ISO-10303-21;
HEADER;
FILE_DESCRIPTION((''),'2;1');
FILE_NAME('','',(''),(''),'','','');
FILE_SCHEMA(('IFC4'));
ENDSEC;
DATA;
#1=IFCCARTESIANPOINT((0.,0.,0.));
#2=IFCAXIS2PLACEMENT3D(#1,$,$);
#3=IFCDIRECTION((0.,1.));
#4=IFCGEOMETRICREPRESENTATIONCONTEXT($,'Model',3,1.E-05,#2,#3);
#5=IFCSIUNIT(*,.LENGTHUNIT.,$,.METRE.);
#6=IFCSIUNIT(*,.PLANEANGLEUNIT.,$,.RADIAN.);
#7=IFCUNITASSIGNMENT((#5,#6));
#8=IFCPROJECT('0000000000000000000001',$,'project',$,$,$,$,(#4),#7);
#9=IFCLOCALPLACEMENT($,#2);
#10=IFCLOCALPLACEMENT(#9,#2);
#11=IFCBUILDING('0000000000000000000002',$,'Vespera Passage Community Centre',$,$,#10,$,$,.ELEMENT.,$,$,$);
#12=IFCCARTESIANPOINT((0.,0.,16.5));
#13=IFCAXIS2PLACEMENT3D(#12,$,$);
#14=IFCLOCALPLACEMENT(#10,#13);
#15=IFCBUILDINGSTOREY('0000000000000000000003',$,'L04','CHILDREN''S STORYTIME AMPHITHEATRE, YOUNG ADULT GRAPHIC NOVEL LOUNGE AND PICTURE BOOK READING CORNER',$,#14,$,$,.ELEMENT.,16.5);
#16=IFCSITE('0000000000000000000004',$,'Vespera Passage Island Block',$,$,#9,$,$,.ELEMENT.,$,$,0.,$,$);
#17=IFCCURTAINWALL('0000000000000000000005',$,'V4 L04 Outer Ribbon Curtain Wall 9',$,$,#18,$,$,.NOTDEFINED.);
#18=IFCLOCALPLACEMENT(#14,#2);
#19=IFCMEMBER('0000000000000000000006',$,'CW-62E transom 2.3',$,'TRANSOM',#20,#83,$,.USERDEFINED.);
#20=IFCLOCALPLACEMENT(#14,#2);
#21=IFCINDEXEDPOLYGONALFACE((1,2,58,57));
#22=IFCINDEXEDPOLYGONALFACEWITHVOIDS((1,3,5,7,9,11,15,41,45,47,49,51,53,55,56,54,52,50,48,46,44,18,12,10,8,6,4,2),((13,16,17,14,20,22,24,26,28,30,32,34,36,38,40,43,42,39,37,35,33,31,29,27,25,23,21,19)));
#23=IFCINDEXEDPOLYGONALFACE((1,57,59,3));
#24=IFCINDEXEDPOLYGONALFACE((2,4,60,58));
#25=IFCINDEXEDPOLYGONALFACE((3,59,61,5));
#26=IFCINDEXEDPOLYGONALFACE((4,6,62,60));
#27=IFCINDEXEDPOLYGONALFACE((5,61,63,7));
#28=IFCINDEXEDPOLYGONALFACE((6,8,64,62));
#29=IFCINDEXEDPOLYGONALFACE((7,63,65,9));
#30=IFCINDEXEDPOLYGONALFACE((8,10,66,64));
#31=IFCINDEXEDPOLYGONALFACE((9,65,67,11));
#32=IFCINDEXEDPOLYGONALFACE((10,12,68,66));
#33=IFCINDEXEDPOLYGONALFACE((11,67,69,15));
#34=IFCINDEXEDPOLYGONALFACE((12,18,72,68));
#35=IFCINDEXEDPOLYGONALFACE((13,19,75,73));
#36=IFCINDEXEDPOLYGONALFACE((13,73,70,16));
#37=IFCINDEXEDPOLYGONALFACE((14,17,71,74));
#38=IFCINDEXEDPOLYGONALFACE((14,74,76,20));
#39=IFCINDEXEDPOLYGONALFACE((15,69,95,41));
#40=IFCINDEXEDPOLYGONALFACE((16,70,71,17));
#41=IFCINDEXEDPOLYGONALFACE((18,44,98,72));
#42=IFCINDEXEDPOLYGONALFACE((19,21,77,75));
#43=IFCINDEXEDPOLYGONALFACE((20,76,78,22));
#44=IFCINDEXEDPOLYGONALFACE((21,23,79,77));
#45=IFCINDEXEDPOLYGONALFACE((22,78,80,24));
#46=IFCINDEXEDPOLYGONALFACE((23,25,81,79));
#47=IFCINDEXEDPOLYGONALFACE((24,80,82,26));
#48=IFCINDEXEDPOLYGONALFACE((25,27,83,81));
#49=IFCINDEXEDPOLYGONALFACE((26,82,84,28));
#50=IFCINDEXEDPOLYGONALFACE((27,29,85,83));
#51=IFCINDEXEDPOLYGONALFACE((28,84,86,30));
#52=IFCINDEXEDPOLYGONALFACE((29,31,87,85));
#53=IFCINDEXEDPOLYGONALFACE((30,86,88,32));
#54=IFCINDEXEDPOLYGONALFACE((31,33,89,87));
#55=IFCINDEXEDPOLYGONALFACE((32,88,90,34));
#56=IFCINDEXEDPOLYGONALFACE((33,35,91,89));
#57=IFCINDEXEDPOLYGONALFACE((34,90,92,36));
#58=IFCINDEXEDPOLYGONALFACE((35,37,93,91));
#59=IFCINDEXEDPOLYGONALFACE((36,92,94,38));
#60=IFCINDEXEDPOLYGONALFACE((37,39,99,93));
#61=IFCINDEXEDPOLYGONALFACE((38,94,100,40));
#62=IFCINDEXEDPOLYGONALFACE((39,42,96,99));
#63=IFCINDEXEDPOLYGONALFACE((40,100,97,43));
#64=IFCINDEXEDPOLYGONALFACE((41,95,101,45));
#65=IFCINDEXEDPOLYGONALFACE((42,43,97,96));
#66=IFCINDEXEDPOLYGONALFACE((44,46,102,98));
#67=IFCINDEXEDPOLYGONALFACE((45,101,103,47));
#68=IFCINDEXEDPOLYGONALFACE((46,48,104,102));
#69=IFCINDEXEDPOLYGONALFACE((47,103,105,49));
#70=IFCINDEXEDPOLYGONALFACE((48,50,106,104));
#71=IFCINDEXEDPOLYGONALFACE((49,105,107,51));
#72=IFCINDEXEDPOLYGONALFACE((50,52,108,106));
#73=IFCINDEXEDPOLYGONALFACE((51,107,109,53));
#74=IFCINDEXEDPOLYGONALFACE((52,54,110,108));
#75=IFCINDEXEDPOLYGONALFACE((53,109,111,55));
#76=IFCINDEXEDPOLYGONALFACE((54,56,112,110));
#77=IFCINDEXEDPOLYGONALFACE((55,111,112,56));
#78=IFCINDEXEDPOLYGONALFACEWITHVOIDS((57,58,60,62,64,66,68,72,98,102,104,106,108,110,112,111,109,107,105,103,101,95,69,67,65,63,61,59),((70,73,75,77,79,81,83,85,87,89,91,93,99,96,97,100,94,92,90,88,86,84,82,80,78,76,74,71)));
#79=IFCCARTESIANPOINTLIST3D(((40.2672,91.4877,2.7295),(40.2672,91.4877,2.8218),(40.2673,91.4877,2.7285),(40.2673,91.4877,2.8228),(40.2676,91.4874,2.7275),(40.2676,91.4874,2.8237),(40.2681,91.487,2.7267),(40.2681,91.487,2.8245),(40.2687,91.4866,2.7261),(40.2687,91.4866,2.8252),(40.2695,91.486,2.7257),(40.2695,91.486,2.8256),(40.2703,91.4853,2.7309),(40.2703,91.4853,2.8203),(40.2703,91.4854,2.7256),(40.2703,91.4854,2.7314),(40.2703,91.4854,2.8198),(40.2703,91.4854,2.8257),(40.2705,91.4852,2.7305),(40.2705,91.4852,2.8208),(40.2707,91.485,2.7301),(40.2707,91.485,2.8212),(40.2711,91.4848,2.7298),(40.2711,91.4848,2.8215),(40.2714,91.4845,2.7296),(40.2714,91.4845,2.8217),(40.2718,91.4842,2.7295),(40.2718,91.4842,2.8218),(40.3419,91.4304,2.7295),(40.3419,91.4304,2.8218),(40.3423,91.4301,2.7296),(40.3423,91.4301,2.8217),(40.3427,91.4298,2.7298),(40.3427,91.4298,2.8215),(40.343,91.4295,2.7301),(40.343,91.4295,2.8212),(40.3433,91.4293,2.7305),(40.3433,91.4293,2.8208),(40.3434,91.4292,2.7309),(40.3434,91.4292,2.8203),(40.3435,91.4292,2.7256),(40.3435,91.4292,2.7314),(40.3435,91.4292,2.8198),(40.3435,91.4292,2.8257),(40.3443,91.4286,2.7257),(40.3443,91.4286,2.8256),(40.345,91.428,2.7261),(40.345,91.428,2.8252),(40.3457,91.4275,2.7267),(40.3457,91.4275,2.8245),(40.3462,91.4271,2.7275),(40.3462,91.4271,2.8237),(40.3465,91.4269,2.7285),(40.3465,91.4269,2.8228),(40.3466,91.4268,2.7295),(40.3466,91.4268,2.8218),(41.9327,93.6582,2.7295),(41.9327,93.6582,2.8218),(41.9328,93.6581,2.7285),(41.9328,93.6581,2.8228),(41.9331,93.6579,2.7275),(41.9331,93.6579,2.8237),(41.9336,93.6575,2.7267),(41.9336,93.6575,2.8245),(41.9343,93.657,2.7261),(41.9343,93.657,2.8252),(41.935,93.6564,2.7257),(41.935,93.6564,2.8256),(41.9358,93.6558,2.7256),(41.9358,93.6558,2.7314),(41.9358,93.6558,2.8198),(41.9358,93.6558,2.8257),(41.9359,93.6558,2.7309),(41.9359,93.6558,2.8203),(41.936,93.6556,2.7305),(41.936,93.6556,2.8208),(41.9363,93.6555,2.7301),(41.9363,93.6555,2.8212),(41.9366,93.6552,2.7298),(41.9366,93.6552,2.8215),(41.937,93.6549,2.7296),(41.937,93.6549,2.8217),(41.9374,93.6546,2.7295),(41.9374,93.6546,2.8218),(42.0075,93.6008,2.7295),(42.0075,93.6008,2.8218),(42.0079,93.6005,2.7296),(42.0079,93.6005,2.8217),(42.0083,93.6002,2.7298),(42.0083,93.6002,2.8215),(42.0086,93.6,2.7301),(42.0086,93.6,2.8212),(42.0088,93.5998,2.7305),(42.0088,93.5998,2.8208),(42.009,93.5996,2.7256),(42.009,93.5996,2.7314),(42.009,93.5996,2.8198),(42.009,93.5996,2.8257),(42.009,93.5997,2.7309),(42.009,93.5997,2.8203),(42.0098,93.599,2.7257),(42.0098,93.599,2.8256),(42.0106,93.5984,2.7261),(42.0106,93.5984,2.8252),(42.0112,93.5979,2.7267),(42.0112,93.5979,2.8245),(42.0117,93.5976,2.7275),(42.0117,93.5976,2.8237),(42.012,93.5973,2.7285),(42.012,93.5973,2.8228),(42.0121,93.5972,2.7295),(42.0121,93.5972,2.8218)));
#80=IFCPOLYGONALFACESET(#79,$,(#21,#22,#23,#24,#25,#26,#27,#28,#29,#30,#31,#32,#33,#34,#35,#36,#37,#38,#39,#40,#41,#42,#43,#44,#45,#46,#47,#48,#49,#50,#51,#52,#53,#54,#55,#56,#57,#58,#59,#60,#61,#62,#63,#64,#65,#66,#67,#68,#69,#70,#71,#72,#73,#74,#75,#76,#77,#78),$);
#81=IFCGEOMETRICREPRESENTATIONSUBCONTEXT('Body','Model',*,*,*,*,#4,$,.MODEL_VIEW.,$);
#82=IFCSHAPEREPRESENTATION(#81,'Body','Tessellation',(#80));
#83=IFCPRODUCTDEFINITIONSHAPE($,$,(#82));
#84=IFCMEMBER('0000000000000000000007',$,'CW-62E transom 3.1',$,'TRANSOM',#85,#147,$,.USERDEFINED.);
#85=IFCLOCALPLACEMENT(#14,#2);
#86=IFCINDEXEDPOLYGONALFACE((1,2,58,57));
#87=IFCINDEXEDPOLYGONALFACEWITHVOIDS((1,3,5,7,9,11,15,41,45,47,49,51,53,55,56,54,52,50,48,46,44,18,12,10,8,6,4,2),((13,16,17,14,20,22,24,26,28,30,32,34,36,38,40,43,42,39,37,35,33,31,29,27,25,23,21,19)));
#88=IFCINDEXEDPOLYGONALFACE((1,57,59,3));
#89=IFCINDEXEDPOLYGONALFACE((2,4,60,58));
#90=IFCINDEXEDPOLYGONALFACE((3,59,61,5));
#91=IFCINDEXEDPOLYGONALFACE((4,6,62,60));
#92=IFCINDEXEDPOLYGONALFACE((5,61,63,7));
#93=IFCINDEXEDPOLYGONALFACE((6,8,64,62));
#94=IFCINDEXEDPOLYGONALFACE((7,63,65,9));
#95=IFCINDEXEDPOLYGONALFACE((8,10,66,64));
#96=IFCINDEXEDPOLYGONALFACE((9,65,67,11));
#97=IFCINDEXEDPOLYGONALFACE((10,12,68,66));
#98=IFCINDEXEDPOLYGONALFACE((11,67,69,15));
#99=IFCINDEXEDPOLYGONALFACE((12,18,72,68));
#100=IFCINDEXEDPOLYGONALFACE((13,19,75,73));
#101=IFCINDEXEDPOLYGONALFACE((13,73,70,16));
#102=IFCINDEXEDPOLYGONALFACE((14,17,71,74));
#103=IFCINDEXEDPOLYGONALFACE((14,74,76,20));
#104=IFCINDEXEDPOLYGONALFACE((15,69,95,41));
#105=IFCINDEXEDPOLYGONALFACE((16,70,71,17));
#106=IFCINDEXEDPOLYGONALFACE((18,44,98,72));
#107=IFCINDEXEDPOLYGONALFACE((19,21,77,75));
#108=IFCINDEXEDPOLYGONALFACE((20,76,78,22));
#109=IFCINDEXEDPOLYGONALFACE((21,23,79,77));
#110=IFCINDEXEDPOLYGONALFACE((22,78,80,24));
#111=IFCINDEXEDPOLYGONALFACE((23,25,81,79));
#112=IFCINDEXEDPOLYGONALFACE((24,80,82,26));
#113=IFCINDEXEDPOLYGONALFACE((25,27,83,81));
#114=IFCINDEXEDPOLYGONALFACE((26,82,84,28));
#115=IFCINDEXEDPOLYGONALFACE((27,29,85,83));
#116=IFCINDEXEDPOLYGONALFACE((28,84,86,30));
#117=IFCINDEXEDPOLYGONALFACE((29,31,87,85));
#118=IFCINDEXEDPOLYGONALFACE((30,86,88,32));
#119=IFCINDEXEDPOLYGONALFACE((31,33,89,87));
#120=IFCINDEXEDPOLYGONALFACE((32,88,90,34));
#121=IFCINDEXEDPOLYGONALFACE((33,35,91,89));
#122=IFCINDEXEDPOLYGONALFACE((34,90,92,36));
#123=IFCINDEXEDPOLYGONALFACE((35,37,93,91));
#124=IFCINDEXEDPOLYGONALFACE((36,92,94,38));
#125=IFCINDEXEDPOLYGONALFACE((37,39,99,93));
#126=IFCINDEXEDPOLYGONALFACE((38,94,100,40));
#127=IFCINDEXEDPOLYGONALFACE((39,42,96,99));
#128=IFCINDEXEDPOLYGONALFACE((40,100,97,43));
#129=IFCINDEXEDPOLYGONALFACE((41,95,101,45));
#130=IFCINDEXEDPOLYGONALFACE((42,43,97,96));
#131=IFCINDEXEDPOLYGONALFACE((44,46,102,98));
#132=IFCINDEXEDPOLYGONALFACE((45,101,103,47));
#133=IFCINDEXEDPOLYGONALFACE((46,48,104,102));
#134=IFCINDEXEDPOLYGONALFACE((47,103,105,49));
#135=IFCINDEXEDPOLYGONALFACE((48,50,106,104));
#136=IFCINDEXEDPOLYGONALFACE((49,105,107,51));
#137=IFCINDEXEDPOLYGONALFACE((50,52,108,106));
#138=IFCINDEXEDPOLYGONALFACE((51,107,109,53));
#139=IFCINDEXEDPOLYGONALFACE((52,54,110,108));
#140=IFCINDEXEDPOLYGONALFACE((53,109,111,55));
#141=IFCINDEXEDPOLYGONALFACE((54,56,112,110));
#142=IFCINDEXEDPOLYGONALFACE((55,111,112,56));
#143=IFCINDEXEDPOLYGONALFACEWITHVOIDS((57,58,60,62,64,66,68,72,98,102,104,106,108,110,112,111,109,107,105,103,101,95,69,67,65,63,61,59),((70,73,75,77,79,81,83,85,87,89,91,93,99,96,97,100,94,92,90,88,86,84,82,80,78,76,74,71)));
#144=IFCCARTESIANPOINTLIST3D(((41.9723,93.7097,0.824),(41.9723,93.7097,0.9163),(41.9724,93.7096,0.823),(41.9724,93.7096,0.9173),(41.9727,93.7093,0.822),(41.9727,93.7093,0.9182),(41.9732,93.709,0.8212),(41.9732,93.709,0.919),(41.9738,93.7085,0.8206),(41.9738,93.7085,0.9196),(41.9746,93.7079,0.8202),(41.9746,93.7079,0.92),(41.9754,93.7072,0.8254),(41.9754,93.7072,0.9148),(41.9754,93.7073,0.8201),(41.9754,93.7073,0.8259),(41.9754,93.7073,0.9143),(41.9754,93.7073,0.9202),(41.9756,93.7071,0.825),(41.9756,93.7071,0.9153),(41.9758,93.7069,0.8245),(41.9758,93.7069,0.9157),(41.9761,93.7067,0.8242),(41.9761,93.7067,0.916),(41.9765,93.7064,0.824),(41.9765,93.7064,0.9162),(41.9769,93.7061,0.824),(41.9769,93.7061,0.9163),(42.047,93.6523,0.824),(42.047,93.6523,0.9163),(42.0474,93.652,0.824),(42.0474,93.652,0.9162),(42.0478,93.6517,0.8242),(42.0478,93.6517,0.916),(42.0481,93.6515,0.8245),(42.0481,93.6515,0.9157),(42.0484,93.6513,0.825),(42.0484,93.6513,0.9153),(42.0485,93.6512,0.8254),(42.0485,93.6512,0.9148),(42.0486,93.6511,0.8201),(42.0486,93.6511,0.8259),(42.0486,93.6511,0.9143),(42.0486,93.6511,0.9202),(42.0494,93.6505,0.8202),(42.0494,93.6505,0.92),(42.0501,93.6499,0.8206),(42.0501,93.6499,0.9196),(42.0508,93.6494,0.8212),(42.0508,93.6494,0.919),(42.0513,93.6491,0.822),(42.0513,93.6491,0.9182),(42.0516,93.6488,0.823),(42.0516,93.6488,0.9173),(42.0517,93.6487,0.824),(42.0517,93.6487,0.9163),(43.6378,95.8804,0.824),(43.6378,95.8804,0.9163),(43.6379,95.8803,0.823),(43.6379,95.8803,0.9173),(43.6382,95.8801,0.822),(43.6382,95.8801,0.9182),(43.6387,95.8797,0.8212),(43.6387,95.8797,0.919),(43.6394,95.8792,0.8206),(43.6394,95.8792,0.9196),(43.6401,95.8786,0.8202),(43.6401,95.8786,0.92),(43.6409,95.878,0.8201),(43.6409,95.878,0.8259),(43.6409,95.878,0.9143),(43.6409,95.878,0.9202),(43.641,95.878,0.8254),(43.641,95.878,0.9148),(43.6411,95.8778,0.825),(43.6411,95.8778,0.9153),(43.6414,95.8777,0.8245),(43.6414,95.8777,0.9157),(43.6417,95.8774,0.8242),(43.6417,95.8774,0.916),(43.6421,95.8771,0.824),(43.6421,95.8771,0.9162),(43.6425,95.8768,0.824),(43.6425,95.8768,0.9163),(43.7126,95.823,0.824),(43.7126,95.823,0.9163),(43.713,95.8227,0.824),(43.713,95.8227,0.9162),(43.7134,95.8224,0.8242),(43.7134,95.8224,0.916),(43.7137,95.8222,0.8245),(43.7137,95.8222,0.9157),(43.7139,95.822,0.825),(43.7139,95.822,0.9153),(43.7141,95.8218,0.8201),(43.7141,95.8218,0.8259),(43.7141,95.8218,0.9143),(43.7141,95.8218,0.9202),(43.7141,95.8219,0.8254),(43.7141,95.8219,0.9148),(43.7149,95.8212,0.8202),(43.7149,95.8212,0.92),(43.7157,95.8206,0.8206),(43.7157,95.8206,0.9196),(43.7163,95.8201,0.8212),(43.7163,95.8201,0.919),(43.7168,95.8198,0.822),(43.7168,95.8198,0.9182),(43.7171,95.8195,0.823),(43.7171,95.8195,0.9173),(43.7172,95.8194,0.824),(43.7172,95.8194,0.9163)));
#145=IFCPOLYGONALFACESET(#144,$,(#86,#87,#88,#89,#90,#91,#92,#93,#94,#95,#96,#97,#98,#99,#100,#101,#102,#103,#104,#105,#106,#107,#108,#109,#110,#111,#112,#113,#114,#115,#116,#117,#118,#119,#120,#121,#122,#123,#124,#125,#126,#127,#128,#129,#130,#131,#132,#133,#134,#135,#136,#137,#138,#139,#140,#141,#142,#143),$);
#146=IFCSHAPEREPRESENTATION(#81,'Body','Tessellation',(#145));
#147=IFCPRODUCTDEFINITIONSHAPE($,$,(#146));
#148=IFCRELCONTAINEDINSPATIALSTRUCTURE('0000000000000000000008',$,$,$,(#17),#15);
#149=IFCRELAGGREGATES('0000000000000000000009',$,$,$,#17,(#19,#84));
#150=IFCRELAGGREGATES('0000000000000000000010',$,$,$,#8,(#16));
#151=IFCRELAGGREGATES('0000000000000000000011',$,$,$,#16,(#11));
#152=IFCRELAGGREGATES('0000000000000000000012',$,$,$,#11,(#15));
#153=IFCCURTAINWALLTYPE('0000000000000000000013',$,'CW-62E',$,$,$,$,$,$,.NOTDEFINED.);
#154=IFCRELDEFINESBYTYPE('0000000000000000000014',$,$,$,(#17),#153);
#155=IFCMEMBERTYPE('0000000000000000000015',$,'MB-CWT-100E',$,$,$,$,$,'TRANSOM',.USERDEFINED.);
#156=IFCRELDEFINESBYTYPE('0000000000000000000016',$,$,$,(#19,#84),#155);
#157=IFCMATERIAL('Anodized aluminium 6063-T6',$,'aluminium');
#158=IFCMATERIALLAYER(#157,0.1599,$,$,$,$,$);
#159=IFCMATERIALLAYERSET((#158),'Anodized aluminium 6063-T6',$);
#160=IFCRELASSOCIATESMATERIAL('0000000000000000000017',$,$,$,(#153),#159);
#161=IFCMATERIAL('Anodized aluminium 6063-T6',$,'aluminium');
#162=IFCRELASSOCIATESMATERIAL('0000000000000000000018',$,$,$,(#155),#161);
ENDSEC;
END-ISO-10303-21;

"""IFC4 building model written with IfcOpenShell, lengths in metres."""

from ifc_helpers import new_model, si_unit, direction, frame, origin, origin_2d, place, context, subcontext, project, spatial, hollow_rectangle, extrude, material, layer, layer_set, material_profile, profile_set, type_object, element, aggregate, save


model = new_model("IFC4")

# Units and contexts
model_context = context("Model", 3, precision=1e-05, world=origin(), true_north=direction((0.0, 1.0)))
body_context = subcontext(model_context, "Body", "Model", "MODEL_VIEW")
ifc_project = project(units=[si_unit("LENGTHUNIT", "METRE"), si_unit("PLANEANGLEUNIT", "RADIAN")], contexts=[model_context])

# Site, building, storey
site_placement = place(None, origin())
site = spatial("IfcSite", under=ifc_project, at=site_placement, Name="Vespera Passage Island Block", CompositionType="ELEMENT", RefElevation=0.0)
building_placement = place(site_placement, origin())
building = spatial("IfcBuilding", under=site, at=building_placement, Name="Vespera Passage Community Centre", CompositionType="ELEMENT")
storey_placement = place(building_placement, frame((0.0, 0.0, 16.5)))
storey = spatial("IfcBuildingStorey", under=building, at=storey_placement, Name="L04", Description="CHILDREN'S STORYTIME AMPHITHEATRE, YOUNG ADULT GRAPHIC NOVEL LOUNGE AND PICTURE BOOK READING CORNER", CompositionType="ELEMENT", Elevation=16.5)

# Curtain wall, members
ifc_material_1 = material(Name="Anodized aluminium 6063-T6", Category="aluminium")
ifc_layer_1 = layer(ifc_material_1, 0.1599)
ifc_layer_set_1 = layer_set([ifc_layer_1], Name="Anodized aluminium 6063-T6")
curtain_wall_type = type_object("IfcCurtainWallType", Name="CW-62E", PredefinedType="NOTDEFINED", material=ifc_layer_set_1)
curtain_wall_placement = place(storey_placement, origin())
curtain_wall = element("IfcCurtainWall", 1, at=curtain_wall_placement, inside=storey, type_object=curtain_wall_type, Name="V4 L04 Outer Ribbon Curtain Wall 9", PredefinedType="NOTDEFINED")
ifc_material_2 = material(Name="Anodized aluminium 6063-T6", Category="aluminium")
ifc_material_profile_1 = material_profile(ifc_material_2, hollow_rectangle(XDim=0.1001, YDim=0.1001, WallThickness=0.0039, InnerFilletRadius=0.002, OuterFilletRadius=0.0039, at=origin_2d()), Name="ALU100X100X4")
ifc_profile_set_1 = profile_set([ifc_material_profile_1], Name="Anodized aluminium 6063-T6")
member_type_1 = type_object("IfcMemberType", Name="MB-CWT-100E", ElementType="TRANSOM", PredefinedType="USERDEFINED", material=ifc_profile_set_1)
member_1_placement = place(storey_placement, frame((40.3069, 91.4573, 2.7756), z_axis=(0.608787, 0.793333, 0.0), x_axis=(-0.793333, 0.608787, 0.0)))
member_1 = element("IfcMember", 2, at=member_1_placement, type_object=member_type_1, Name="CW-62E transom 2.3", ObjectType="TRANSOM", PredefinedType="USERDEFINED", context=body_context, shape_type="SweptSolid", body=[
    extrude(hollow_rectangle(XDim=0.1001, YDim=0.1001, WallThickness=0.0039, InnerFilletRadius=0.002, OuterFilletRadius=0.0039, at=origin_2d()), origin(), (0.0, 0.0, 1.0), 2.7358),
])
member_2_placement = place(storey_placement, frame((42.012, 93.6792, 0.8701), z_axis=(0.608744, 0.793366, 0.0), x_axis=(-0.793366, 0.608744, 0.0)))
member_2 = element("IfcMember", 3, at=member_2_placement, type_object=member_type_1, Name="CW-62E transom 3.1", ObjectType="TRANSOM", PredefinedType="USERDEFINED", context=body_context, shape_type="SweptSolid", body=[
    extrude(hollow_rectangle(XDim=0.1001, YDim=0.1001, WallThickness=0.0039, InnerFilletRadius=0.002, OuterFilletRadius=0.0039, at=origin_2d()), origin(), (0.0, 0.0, 1.0), 2.7361),
])
aggregate(curtain_wall, [member_1, member_2])

save(model, "model.ifc")
